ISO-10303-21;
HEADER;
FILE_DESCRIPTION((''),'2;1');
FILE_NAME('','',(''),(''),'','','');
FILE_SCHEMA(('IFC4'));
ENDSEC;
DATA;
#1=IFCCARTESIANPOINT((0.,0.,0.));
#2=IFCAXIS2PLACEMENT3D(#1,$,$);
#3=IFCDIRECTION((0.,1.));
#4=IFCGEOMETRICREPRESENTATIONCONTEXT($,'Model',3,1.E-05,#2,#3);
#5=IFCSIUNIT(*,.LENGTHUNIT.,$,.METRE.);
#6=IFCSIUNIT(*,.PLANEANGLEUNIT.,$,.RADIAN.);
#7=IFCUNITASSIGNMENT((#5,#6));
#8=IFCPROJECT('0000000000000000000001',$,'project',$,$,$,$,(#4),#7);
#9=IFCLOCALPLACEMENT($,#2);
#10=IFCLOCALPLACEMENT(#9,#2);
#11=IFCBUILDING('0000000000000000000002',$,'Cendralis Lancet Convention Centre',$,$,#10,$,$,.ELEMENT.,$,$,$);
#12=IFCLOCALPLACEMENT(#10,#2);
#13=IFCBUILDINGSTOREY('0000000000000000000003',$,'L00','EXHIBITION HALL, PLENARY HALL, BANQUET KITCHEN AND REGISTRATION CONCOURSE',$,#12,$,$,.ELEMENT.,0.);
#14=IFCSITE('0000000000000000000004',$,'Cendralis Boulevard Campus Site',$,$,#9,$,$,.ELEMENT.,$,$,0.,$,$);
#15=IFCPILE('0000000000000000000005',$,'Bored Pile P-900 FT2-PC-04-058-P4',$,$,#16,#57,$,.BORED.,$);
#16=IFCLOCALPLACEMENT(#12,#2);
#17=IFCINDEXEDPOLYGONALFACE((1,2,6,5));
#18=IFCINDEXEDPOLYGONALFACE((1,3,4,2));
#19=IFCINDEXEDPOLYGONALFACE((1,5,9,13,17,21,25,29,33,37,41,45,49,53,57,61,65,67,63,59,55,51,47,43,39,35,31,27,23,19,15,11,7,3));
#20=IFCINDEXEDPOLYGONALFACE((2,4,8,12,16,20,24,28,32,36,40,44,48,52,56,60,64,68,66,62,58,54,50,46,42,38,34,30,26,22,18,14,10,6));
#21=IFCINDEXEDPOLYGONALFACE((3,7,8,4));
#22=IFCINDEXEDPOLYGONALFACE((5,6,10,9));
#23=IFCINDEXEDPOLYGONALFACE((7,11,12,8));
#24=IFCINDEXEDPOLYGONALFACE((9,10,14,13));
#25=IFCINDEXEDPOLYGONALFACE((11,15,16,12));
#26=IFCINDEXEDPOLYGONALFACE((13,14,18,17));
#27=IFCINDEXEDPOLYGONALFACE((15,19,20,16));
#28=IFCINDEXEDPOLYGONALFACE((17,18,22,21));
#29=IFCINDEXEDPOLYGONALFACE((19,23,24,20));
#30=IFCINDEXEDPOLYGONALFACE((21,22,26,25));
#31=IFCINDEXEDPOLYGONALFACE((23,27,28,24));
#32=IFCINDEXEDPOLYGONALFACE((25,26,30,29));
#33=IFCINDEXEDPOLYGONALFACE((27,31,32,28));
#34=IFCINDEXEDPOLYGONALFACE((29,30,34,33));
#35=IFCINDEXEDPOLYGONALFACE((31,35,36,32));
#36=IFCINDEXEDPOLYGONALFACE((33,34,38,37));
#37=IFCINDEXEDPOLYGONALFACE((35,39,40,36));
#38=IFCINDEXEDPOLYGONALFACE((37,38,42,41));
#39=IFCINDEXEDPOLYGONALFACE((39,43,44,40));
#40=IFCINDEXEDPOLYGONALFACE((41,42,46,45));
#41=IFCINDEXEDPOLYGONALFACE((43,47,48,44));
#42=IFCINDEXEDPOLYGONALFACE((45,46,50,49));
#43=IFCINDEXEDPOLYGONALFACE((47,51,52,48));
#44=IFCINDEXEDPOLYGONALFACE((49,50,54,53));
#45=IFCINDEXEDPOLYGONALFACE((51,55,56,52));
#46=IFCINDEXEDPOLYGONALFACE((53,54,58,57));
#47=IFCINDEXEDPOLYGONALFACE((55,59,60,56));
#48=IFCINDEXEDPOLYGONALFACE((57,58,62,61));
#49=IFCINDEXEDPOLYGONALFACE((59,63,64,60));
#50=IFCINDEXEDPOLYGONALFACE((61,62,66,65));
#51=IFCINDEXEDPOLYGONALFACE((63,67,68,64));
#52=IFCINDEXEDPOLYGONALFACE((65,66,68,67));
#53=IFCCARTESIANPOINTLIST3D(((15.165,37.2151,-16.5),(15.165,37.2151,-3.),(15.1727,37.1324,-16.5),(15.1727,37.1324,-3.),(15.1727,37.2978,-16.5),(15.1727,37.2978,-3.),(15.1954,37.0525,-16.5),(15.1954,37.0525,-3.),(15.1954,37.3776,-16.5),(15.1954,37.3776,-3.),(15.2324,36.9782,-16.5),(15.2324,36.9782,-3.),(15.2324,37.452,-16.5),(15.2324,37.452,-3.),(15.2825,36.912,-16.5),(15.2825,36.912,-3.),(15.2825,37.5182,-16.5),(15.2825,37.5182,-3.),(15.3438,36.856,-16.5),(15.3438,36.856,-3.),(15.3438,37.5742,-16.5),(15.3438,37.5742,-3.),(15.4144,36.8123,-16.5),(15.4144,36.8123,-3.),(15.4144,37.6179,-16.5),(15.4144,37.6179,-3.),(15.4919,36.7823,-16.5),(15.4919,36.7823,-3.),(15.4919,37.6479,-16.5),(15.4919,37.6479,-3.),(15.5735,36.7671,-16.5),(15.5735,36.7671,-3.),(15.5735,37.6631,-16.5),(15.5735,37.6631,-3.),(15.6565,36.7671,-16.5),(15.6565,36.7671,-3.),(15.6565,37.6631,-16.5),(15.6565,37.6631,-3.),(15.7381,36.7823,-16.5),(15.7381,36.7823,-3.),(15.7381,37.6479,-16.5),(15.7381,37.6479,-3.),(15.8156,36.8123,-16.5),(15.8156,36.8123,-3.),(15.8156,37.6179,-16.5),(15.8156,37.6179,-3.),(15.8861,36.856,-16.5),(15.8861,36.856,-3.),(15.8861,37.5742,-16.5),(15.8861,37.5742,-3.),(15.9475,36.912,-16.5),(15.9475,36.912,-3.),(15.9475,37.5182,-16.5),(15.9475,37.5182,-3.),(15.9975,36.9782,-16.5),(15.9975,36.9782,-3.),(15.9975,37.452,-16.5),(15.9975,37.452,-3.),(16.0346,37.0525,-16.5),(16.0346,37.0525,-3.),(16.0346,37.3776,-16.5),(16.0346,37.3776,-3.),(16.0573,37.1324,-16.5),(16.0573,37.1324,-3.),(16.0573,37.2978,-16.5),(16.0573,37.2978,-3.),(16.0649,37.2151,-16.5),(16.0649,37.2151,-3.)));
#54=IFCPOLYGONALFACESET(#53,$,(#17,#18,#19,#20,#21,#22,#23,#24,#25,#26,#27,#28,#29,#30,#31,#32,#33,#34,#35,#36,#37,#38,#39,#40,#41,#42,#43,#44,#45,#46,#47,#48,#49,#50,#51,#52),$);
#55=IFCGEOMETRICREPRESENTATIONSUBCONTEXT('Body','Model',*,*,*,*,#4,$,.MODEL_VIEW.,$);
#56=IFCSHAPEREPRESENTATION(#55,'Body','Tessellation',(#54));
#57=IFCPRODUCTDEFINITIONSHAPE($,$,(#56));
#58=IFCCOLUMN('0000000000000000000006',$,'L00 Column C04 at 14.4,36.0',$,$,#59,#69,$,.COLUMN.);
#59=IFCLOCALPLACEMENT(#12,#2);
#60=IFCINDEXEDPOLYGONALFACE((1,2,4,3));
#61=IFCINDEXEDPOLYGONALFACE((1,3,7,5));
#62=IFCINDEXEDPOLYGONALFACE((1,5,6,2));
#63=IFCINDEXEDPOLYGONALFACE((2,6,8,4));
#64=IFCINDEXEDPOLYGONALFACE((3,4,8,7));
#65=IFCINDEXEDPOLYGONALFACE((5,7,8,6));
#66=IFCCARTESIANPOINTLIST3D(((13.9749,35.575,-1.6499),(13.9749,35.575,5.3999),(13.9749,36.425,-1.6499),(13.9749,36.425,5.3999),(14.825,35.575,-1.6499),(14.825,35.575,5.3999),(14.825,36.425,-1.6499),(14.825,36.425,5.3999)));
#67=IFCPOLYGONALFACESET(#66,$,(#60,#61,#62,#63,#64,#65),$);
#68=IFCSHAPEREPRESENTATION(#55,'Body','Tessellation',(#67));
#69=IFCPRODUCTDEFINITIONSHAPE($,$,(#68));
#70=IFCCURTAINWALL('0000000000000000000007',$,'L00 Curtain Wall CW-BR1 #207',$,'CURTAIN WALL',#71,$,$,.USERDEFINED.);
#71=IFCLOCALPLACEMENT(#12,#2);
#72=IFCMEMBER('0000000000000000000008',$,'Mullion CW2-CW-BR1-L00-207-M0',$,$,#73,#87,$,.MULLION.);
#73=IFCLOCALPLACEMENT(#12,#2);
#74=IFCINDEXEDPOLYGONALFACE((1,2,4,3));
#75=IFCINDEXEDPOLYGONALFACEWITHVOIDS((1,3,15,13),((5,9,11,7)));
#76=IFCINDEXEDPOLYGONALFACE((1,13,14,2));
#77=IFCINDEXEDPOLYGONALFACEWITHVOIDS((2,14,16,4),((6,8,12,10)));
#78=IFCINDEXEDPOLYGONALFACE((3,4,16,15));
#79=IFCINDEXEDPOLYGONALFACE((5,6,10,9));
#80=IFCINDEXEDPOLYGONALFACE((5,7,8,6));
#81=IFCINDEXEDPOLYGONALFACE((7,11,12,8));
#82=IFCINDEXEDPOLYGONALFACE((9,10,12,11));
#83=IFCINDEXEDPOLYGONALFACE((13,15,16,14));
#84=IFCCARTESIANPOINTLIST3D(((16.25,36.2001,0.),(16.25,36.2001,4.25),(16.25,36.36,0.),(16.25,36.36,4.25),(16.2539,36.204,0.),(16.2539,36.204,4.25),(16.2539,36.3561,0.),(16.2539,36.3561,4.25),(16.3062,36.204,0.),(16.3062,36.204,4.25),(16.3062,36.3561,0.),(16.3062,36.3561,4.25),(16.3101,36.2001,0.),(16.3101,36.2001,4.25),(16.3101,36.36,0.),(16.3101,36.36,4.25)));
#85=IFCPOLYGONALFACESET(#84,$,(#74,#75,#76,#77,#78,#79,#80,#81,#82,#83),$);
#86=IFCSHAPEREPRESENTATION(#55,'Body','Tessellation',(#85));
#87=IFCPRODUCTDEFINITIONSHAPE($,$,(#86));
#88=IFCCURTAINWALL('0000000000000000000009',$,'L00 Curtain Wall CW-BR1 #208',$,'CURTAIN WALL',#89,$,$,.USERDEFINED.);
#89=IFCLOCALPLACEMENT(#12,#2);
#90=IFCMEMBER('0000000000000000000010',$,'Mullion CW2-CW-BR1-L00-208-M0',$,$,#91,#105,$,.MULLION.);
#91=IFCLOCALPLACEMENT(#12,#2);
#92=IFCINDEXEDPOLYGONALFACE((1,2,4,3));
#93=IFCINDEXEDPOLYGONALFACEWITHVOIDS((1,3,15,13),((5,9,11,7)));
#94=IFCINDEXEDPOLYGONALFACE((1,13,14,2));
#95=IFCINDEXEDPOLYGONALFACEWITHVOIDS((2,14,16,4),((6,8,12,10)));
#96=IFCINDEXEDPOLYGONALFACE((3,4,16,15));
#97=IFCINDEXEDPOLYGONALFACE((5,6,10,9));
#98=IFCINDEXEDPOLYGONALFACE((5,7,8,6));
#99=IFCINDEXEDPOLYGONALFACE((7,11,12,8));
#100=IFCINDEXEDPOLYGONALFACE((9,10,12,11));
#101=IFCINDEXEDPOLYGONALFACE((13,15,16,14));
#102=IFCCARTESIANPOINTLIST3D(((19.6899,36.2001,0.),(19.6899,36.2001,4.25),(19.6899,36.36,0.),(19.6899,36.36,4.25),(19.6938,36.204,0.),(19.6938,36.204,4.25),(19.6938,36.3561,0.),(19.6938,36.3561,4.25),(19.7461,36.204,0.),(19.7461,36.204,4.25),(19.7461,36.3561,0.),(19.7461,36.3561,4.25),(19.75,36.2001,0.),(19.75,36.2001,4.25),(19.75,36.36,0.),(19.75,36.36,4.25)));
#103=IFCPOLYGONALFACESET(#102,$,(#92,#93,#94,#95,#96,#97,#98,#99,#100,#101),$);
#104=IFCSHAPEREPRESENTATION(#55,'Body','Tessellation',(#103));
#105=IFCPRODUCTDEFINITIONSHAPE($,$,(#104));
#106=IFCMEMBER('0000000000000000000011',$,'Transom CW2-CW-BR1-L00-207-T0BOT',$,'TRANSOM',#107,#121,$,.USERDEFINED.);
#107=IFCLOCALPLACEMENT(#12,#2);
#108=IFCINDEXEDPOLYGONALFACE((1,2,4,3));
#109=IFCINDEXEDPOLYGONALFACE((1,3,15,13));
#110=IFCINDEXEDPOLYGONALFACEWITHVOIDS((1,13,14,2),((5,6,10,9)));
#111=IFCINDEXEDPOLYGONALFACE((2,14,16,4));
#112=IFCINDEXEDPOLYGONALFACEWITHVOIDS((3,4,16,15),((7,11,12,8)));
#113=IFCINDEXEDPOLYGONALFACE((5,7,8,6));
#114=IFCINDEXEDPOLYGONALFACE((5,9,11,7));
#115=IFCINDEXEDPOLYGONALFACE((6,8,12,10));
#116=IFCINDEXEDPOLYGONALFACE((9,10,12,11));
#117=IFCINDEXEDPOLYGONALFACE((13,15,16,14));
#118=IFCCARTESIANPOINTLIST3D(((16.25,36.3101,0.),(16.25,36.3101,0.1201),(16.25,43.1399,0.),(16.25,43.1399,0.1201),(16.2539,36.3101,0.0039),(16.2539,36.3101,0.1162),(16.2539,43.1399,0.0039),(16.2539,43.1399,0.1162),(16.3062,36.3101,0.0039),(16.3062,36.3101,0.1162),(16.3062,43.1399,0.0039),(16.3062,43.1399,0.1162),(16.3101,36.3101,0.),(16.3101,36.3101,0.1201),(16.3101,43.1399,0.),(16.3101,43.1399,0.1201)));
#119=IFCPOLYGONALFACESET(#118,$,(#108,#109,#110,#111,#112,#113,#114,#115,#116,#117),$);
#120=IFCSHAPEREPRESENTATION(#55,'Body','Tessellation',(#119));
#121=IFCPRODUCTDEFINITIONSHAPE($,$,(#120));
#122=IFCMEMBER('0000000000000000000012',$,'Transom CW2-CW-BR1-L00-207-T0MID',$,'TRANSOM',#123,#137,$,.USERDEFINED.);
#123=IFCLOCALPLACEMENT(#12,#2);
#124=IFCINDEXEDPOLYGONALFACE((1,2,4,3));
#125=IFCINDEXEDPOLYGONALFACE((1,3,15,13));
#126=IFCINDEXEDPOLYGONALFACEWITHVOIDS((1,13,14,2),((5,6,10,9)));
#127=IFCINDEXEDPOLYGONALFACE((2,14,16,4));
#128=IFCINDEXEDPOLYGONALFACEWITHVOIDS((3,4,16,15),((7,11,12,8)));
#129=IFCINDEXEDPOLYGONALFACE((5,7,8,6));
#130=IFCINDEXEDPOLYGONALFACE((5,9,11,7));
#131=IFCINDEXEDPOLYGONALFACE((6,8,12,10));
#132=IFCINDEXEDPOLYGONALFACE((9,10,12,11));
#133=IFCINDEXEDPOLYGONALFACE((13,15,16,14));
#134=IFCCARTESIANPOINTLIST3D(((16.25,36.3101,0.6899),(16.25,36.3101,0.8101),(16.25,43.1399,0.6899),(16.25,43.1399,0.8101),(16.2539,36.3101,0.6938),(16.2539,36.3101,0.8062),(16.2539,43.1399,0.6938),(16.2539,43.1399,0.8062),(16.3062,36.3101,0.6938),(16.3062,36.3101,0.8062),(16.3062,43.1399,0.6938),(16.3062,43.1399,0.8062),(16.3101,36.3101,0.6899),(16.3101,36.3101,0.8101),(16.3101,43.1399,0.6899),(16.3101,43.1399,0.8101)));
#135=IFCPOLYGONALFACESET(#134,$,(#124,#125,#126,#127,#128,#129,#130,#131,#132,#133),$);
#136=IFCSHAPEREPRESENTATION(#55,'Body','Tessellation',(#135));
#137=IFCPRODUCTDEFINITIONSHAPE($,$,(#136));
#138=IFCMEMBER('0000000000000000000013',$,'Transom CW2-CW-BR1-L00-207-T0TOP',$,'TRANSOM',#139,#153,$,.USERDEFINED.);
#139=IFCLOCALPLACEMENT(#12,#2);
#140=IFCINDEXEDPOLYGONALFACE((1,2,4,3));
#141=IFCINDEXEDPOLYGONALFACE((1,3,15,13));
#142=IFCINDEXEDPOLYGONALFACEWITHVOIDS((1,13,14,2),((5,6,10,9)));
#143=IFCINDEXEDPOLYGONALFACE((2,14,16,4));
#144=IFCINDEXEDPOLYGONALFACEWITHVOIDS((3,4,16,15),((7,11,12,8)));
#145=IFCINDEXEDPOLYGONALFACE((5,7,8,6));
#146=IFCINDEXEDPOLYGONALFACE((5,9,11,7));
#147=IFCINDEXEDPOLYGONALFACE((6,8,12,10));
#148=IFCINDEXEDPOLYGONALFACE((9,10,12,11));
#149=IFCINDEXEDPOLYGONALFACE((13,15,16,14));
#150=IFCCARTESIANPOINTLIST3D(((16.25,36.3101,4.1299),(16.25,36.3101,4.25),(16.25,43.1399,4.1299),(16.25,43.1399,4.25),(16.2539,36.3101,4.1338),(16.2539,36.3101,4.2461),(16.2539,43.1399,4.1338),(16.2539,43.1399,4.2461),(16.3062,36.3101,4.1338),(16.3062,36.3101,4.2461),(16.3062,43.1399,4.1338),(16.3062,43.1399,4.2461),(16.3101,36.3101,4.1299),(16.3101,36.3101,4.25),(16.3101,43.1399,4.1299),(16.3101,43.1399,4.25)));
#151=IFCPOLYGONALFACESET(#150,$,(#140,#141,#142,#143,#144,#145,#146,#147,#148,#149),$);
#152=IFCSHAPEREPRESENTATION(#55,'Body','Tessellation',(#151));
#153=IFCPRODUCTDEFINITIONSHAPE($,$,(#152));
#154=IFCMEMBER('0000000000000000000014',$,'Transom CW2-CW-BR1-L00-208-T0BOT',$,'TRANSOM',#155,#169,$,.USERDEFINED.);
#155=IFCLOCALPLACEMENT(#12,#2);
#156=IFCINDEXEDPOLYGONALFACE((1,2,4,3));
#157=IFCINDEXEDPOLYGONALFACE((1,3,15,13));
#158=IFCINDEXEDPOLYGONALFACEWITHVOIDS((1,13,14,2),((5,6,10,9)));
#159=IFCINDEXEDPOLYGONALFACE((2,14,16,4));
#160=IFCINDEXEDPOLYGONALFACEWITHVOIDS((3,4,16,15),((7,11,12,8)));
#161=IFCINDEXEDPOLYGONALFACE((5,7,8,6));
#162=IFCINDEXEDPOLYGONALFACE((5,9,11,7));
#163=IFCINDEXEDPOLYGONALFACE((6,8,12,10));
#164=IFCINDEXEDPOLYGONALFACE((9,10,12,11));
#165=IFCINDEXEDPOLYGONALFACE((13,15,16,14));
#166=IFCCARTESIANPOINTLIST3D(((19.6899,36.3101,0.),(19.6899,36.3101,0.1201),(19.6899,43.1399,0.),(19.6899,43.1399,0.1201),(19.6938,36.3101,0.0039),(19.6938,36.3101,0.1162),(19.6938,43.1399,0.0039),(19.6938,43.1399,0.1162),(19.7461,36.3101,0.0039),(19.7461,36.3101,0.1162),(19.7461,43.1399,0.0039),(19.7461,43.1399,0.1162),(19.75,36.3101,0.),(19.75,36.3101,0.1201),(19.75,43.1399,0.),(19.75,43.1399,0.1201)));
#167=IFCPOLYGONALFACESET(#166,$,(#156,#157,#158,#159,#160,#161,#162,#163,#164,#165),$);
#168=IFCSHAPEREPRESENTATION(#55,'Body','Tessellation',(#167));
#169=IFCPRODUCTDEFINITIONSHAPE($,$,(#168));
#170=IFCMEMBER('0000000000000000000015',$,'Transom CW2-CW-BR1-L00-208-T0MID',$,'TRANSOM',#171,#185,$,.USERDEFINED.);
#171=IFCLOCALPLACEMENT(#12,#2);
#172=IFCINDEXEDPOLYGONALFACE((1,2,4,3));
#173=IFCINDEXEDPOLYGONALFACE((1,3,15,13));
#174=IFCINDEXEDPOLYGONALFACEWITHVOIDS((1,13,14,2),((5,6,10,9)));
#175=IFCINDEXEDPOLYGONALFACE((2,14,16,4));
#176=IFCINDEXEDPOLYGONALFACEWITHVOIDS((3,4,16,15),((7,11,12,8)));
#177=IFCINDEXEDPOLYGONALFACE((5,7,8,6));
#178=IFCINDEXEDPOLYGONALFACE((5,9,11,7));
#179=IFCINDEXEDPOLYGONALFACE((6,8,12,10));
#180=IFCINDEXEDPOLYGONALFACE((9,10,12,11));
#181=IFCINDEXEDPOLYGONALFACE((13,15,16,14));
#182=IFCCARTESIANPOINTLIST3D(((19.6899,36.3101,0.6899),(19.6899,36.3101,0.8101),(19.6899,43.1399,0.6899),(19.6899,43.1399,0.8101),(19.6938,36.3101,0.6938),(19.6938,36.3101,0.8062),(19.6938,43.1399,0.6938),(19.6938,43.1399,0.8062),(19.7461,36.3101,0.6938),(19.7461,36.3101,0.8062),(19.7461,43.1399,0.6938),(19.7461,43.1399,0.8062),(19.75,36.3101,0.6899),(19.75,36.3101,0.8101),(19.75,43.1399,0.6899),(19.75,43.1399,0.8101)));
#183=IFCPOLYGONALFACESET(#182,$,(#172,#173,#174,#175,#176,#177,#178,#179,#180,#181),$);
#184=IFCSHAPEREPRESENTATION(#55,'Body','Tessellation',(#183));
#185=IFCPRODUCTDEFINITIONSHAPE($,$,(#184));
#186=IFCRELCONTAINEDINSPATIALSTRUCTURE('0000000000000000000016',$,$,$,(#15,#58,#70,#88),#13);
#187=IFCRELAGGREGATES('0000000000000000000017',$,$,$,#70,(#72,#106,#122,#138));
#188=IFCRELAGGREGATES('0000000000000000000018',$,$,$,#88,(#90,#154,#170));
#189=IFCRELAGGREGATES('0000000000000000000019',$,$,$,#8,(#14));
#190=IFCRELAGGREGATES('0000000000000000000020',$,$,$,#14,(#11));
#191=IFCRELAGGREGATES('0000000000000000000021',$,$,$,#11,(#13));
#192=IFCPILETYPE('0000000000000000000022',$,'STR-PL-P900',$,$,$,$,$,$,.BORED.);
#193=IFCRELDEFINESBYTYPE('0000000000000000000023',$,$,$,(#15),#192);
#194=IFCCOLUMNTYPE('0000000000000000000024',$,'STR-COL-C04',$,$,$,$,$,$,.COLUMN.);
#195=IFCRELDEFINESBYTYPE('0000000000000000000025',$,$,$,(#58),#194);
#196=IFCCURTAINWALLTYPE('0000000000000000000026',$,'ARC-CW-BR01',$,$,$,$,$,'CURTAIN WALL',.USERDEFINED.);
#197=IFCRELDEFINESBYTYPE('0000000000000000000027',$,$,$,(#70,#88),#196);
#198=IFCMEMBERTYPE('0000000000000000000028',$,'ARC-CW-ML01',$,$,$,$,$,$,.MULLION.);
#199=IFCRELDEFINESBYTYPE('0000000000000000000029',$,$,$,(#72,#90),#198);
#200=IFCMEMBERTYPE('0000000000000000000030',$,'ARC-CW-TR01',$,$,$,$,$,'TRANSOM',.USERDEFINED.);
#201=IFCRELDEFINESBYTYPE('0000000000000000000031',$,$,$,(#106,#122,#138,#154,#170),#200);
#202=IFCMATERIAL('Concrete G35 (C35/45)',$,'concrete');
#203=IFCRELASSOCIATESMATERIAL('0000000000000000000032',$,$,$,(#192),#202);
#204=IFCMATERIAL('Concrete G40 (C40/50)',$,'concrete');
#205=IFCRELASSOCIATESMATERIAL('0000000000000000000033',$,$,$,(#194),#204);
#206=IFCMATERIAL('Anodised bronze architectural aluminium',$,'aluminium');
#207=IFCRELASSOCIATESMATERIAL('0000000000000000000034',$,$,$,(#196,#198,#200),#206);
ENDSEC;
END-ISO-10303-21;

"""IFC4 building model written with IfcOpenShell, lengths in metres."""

from ifc_helpers import new_model, si_unit, direction, frame, origin, origin_2d, place, context, subcontext, project, spatial, rectangle, hollow_rectangle, circle, extrude, material, material_profile, profile_set, type_object, element, aggregate, save


model = new_model("IFC4")

# Units and contexts
model_context = context("Model", 3, precision=1e-05, world=origin(), true_north=direction((0.0, 1.0)))
body_context = subcontext(model_context, "Body", "Model", "MODEL_VIEW")
ifc_project = project(units=[si_unit("LENGTHUNIT", "METRE"), si_unit("PLANEANGLEUNIT", "RADIAN")], contexts=[model_context])

# Site, building, storey
site_placement = place(None, origin())
site = spatial("IfcSite", under=ifc_project, at=site_placement, Name="Cendralis Boulevard Campus Site", CompositionType="ELEMENT", RefElevation=0.0)
building_placement = place(site_placement, origin())
building = spatial("IfcBuilding", under=site, at=building_placement, Name="Cendralis Lancet Convention Centre", CompositionType="ELEMENT")
storey_placement = place(building_placement, origin())
storey = spatial("IfcBuildingStorey", under=building, at=storey_placement, Name="L00", Description="EXHIBITION HALL, PLENARY HALL, BANQUET KITCHEN AND REGISTRATION CONCOURSE", CompositionType="ELEMENT", Elevation=0.0)

# Shared definitions
ifc_material_1 = material(Name="Concrete G35 (C35/45)", Category="concrete")

# Pile
ifc_material_profile_1 = material_profile(ifc_material_1, circle(Radius=0.45, at=origin_2d()), Name="BORED PILE D900")
ifc_profile_set_1 = profile_set([ifc_material_profile_1], Name="Concrete G35 (C35/45)")
pile_type_1 = type_object("IfcPileType", Name="STR-PL-P900", PredefinedType="BORED", material=ifc_profile_set_1)
for number, where, z_axis, x_axis, name in (
    (1, (15.615, 37.2151, -3.0), (0.0, 0.0, -1.0), (1.0, 0.0, 0.0), "Bored Pile P-900 FT2-PC-04-058-P4"),
):
    element("IfcPile", number, at=place(storey_placement, frame(where, z_axis=z_axis, x_axis=x_axis)), inside=storey, type_object=pile_type_1, Name=name, PredefinedType="BORED", context=body_context, shape_type="SweptSolid", body=[
        extrude(circle(Radius=0.45, at=origin_2d()), origin(), (0.0, 0.0, 1.0), 13.5),
    ])

# Column
ifc_material_2 = material(Name="Concrete G40 (C40/50)", Category="concrete")
ifc_material_profile_2 = material_profile(ifc_material_2, rectangle(XDim=0.8501, YDim=0.8501, at=origin_2d()), Name="RC 850x850")
ifc_profile_set_2 = profile_set([ifc_material_profile_2], Name="Concrete G40 (C40/50)")
column_type = type_object("IfcColumnType", Name="STR-COL-C04", PredefinedType="COLUMN", material=ifc_profile_set_2)
column_placement = place(storey_placement, frame((14.3999, 36.0, -1.6499), z_axis=(0.0, 0.0, 1.0), x_axis=(1.0, 0.0, 0.0)))
element("IfcColumn", 2, at=column_placement, inside=storey, type_object=column_type, Name="L00 Column C04 at 14.4,36.0", PredefinedType="COLUMN", context=body_context, shape_type="SweptSolid", body=[
    extrude(rectangle(XDim=0.8501, YDim=0.8501, at=origin_2d()), origin(), (0.0, 0.0, 1.0), 7.0498),
])

# Curtain walls, members
ifc_material_3 = material(Name="Anodised bronze architectural aluminium", Category="aluminium")
curtain_wall_type = type_object("IfcCurtainWallType", Name="ARC-CW-BR01", ElementType="CURTAIN WALL", PredefinedType="USERDEFINED", material=ifc_material_3)
curtain_wall_1_placement = place(storey_placement, origin())
curtain_wall_1 = element("IfcCurtainWall", 3, at=curtain_wall_1_placement, inside=storey, type_object=curtain_wall_type, Name="L00 Curtain Wall CW-BR1 #207", ObjectType="CURTAIN WALL", PredefinedType="USERDEFINED")
ifc_material_profile_3 = material_profile(ifc_material_3, hollow_rectangle(XDim=0.0601, YDim=0.1599, WallThickness=0.0039, at=origin_2d()), Name="AL-MULL 60x160x4.0")
ifc_profile_set_3 = profile_set([ifc_material_profile_3], Name="Anodised bronze architectural aluminium")
member_type_1 = type_object("IfcMemberType", Name="ARC-CW-ML01", PredefinedType="MULLION", material=ifc_profile_set_3)
member_1_placement = place(storey_placement, frame((16.28, 36.28, 0.0), z_axis=(0.0, 0.0, 1.0), x_axis=(1.0, 0.0, 0.0)))
member_1 = element("IfcMember", 4, at=member_1_placement, type_object=member_type_1, Name="Mullion CW2-CW-BR1-L00-207-M0", PredefinedType="MULLION", context=body_context, shape_type="SweptSolid", body=[
    extrude(hollow_rectangle(XDim=0.0601, YDim=0.1599, WallThickness=0.0039, at=origin_2d()), origin(), (0.0, 0.0, 1.0), 4.25),
])
curtain_wall_2_placement = place(storey_placement, origin())
curtain_wall_2 = element("IfcCurtainWall", 5, at=curtain_wall_2_placement, inside=storey, type_object=curtain_wall_type, Name="L00 Curtain Wall CW-BR1 #208", ObjectType="CURTAIN WALL", PredefinedType="USERDEFINED")
member_2_placement = place(storey_placement, frame((19.72, 36.28, 0.0), z_axis=(0.0, 0.0, 1.0), x_axis=(1.0, 0.0, 0.0)))
member_2 = element("IfcMember", 6, at=member_2_placement, type_object=member_type_1, Name="Mullion CW2-CW-BR1-L00-208-M0", PredefinedType="MULLION", context=body_context, shape_type="SweptSolid", body=[
    extrude(hollow_rectangle(XDim=0.0601, YDim=0.1599, WallThickness=0.0039, at=origin_2d()), origin(), (0.0, 0.0, 1.0), 4.25),
])

# Members
ifc_material_profile_4 = material_profile(ifc_material_3, hollow_rectangle(XDim=0.0601, YDim=0.1201, WallThickness=0.0039, at=origin_2d()), Name="AL-TRAN 60x120x4.0")
ifc_profile_set_4 = profile_set([ifc_material_profile_4], Name="Anodised bronze architectural aluminium")
member_type_2 = type_object("IfcMemberType", Name="ARC-CW-TR01", ElementType="TRANSOM", PredefinedType="USERDEFINED", material=ifc_profile_set_4)
member_3_placement = place(storey_placement, frame((16.28, 36.3101, 0.0601), z_axis=(0.0, 1.0, 0.0), x_axis=(-1.0, 0.0, 0.0)))
member_3 = element("IfcMember", 7, at=member_3_placement, type_object=member_type_2, Name="Transom CW2-CW-BR1-L00-207-T0BOT", ObjectType="TRANSOM", PredefinedType="USERDEFINED", context=body_context, shape_type="SweptSolid", body=[
    extrude(hollow_rectangle(XDim=0.0601, YDim=0.1201, WallThickness=0.0039, at=origin_2d()), origin(), (0.0, 0.0, 1.0), 6.8298),
])
member_4_placement = place(storey_placement, frame((16.28, 36.3101, 0.75), z_axis=(0.0, 1.0, 0.0), x_axis=(-1.0, 0.0, 0.0)))
member_4 = element("IfcMember", 8, at=member_4_placement, type_object=member_type_2, Name="Transom CW2-CW-BR1-L00-207-T0MID", ObjectType="TRANSOM", PredefinedType="USERDEFINED", context=body_context, shape_type="SweptSolid", body=[
    extrude(hollow_rectangle(XDim=0.0601, YDim=0.1201, WallThickness=0.0039, at=origin_2d()), origin(), (0.0, 0.0, 1.0), 6.8298),
])
member_5_placement = place(storey_placement, frame((16.28, 36.3101, 4.1899), z_axis=(0.0, 1.0, 0.0), x_axis=(-1.0, 0.0, 0.0)))
member_5 = element("IfcMember", 9, at=member_5_placement, type_object=member_type_2, Name="Transom CW2-CW-BR1-L00-207-T0TOP", ObjectType="TRANSOM", PredefinedType="USERDEFINED", context=body_context, shape_type="SweptSolid", body=[
    extrude(hollow_rectangle(XDim=0.0601, YDim=0.1201, WallThickness=0.0039, at=origin_2d()), origin(), (0.0, 0.0, 1.0), 6.8298),
])
aggregate(curtain_wall_1, [member_1, member_3, member_4, member_5])
member_6_placement = place(storey_placement, frame((19.72, 36.3101, 0.0601), z_axis=(0.0, 1.0, 0.0), x_axis=(-1.0, 0.0, 0.0)))
member_6 = element("IfcMember", 10, at=member_6_placement, type_object=member_type_2, Name="Transom CW2-CW-BR1-L00-208-T0BOT", ObjectType="TRANSOM", PredefinedType="USERDEFINED", context=body_context, shape_type="SweptSolid", body=[
    extrude(hollow_rectangle(XDim=0.0601, YDim=0.1201, WallThickness=0.0039, at=origin_2d()), origin(), (0.0, 0.0, 1.0), 6.8298),
])
member_7_placement = place(storey_placement, frame((19.72, 36.3101, 0.75), z_axis=(0.0, 1.0, 0.0), x_axis=(-1.0, 0.0, 0.0)))
member_7 = element("IfcMember", 11, at=member_7_placement, type_object=member_type_2, Name="Transom CW2-CW-BR1-L00-208-T0MID", ObjectType="TRANSOM", PredefinedType="USERDEFINED", context=body_context, shape_type="SweptSolid", body=[
    extrude(hollow_rectangle(XDim=0.0601, YDim=0.1201, WallThickness=0.0039, at=origin_2d()), origin(), (0.0, 0.0, 1.0), 6.8298),
])
aggregate(curtain_wall_2, [member_2, member_6, member_7])

save(model, "model.ifc")
